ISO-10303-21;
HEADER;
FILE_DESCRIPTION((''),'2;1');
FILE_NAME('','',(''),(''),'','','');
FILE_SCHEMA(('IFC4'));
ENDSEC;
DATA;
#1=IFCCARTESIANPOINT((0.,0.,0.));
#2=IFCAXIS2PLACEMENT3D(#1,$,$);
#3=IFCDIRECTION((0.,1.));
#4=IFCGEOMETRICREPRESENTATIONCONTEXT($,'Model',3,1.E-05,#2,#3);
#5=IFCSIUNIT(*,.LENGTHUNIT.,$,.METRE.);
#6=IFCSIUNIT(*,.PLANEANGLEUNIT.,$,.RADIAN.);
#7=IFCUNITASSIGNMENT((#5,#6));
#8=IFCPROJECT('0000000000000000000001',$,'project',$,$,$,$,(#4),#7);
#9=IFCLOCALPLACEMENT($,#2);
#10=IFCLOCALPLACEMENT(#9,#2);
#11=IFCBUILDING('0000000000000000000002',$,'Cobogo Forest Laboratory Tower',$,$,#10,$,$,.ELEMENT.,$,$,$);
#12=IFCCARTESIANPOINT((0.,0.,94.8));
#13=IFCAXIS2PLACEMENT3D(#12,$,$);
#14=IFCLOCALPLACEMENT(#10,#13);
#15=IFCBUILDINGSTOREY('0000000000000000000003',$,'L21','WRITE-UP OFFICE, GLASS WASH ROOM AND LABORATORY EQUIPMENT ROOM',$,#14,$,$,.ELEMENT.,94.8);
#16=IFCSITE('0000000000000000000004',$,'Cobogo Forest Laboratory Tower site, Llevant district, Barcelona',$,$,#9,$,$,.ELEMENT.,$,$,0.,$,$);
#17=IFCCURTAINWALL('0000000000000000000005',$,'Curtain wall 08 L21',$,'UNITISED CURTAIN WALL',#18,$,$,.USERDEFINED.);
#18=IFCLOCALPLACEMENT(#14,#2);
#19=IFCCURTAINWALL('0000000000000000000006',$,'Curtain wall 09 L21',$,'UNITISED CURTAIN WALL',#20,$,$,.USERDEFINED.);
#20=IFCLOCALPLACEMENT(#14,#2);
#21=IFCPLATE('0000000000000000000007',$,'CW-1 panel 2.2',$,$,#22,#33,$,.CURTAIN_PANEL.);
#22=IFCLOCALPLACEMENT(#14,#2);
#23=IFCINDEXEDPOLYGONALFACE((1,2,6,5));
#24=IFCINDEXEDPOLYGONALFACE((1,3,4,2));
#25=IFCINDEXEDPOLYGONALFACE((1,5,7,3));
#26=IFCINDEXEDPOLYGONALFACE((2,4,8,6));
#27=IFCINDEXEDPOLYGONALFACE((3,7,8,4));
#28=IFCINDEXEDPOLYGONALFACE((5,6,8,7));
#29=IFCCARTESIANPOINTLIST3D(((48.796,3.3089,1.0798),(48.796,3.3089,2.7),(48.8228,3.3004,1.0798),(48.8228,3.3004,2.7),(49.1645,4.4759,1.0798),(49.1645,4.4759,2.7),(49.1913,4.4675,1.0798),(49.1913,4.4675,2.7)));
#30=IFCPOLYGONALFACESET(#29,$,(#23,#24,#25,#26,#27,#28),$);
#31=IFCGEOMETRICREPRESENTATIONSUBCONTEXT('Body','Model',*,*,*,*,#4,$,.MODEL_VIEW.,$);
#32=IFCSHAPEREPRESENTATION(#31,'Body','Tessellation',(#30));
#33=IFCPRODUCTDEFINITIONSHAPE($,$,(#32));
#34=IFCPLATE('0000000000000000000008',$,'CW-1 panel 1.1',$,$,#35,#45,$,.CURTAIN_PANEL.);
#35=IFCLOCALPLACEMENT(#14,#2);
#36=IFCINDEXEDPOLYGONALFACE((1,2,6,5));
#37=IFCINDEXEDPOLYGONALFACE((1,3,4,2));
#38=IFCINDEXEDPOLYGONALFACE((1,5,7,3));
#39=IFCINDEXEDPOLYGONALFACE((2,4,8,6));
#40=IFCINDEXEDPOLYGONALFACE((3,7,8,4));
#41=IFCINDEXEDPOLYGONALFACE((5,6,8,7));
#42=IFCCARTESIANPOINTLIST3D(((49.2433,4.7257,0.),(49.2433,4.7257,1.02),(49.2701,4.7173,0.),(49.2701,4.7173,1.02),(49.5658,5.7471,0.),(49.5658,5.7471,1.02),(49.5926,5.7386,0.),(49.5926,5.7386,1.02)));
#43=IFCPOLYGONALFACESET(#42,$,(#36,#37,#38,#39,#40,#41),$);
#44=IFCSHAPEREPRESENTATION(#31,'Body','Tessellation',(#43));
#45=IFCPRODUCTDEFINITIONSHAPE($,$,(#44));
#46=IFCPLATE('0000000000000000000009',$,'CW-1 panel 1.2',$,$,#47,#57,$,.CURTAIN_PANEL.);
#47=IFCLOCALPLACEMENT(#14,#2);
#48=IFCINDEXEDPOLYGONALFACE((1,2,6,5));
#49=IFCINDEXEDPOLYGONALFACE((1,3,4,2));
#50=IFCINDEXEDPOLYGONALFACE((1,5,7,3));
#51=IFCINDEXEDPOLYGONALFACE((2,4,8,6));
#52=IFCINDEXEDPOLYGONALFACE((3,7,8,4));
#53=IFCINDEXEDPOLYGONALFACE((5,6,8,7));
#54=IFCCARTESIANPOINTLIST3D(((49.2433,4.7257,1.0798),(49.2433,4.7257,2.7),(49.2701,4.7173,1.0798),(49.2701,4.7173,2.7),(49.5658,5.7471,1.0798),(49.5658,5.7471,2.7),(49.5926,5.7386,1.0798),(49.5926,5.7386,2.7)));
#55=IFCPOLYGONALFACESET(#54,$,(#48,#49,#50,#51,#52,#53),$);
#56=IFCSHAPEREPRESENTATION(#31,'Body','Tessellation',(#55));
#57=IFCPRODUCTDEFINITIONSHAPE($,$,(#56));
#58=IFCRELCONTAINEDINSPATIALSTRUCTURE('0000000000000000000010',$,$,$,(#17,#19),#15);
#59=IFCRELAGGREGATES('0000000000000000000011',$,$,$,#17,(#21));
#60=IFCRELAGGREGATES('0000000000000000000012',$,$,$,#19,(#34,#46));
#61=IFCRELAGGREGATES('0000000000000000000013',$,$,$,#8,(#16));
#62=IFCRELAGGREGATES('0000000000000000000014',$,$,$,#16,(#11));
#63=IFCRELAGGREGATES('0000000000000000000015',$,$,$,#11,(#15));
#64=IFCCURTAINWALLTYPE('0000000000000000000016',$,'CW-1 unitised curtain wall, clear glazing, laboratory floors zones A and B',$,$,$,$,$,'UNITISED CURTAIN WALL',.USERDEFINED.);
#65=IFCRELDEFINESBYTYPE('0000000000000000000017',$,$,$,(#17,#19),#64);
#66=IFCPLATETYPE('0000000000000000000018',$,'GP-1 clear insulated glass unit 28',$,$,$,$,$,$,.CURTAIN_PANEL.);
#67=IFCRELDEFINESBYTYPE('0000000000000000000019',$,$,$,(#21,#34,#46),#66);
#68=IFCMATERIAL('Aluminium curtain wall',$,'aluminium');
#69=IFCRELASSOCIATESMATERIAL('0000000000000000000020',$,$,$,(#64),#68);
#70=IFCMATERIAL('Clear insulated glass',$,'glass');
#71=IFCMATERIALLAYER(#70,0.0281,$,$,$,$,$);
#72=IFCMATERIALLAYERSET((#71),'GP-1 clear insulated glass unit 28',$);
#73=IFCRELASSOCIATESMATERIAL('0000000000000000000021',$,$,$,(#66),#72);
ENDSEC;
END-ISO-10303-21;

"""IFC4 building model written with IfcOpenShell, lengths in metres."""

from ifc_helpers import new_model, si_unit, direction, frame, origin, origin_2d, place, context, subcontext, project, spatial, rectangle, extrude, material, layer, layer_set, type_object, element, aggregate, save


model = new_model("IFC4")

# Units and contexts
model_context = context("Model", 3, precision=1e-05, world=origin(), true_north=direction((0.0, 1.0)))
body_context = subcontext(model_context, "Body", "Model", "MODEL_VIEW")
ifc_project = project(units=[si_unit("LENGTHUNIT", "METRE"), si_unit("PLANEANGLEUNIT", "RADIAN")], contexts=[model_context])

# Site, building, storey
site_placement = place(None, origin())
site = spatial("IfcSite", under=ifc_project, at=site_placement, Name="Cobogo Forest Laboratory Tower site, Llevant district, Barcelona", CompositionType="ELEMENT", RefElevation=0.0)
building_placement = place(site_placement, origin())
building = spatial("IfcBuilding", under=site, at=building_placement, Name="Cobogo Forest Laboratory Tower", CompositionType="ELEMENT")
storey_placement = place(building_placement, frame((0.0, 0.0, 94.8)))
storey = spatial("IfcBuildingStorey", under=building, at=storey_placement, Name="L21", Description="WRITE-UP OFFICE, GLASS WASH ROOM AND LABORATORY EQUIPMENT ROOM", CompositionType="ELEMENT", Elevation=94.8)

# Curtain walls
ifc_material_1 = material(Name="Aluminium curtain wall", Category="aluminium")
curtain_wall_type = type_object("IfcCurtainWallType", Name="CW-1 unitised curtain wall, clear glazing, laboratory floors zones A and B", ElementType="UNITISED CURTAIN WALL", PredefinedType="USERDEFINED", material=ifc_material_1)
curtain_wall_1_placement = place(storey_placement, origin())
curtain_wall_1 = element("IfcCurtainWall", 1, at=curtain_wall_1_placement, inside=storey, type_object=curtain_wall_type, Name="Curtain wall 08 L21", ObjectType="UNITISED CURTAIN WALL", PredefinedType="USERDEFINED")
curtain_wall_2_placement = place(storey_placement, origin())
curtain_wall_2 = element("IfcCurtainWall", 2, at=curtain_wall_2_placement, inside=storey, type_object=curtain_wall_type, Name="Curtain wall 09 L21", ObjectType="UNITISED CURTAIN WALL", PredefinedType="USERDEFINED")

# Plates
ifc_material_2 = material(Name="Clear insulated glass", Category="glass")
ifc_layer = layer(ifc_material_2, 0.0281)
ifc_layer_set = layer_set([ifc_layer], Name="GP-1 clear insulated glass unit 28")
plate_type = type_object("IfcPlateType", Name="GP-1 clear insulated glass unit 28", PredefinedType="CURTAIN_PANEL", material=ifc_layer_set)
plate_1_placement = place(storey_placement, frame((48.9937, 3.8882, 1.0798), z_axis=(0.0, 0.0, 1.0), x_axis=(0.301135, 0.953581, 0.0)))
plate_1 = element("IfcPlate", 3, at=plate_1_placement, type_object=plate_type, Name="CW-1 panel 2.2", PredefinedType="CURTAIN_PANEL", context=body_context, shape_type="SweptSolid", body=[
    extrude(rectangle(XDim=1.2239, YDim=0.0281, at=origin_2d()), origin(), (0.0, 0.0, 1.0), 1.6201),
])
aggregate(curtain_wall_1, [plate_1])
plate_2_placement = place(storey_placement, frame((49.418, 5.2322, 0.0), z_axis=(0.0, 0.0, 1.0), x_axis=(0.301136, 0.953581, 0.0)))
plate_2 = element("IfcPlate", 4, at=plate_2_placement, type_object=plate_type, Name="CW-1 panel 1.1", PredefinedType="CURTAIN_PANEL", context=body_context, shape_type="SweptSolid", body=[
    extrude(rectangle(XDim=1.071, YDim=0.0281, at=origin_2d()), origin(), (0.0, 0.0, 1.0), 1.02),
])
plate_3_placement = place(storey_placement, frame((49.418, 5.2322, 1.0798), z_axis=(0.0, 0.0, 1.0), x_axis=(0.301136, 0.953581, 0.0)))
plate_3 = element("IfcPlate", 5, at=plate_3_placement, type_object=plate_type, Name="CW-1 panel 1.2", PredefinedType="CURTAIN_PANEL", context=body_context, shape_type="SweptSolid", body=[
    extrude(rectangle(XDim=1.071, YDim=0.0281, at=origin_2d()), origin(), (0.0, 0.0, 1.0), 1.6201),
])
aggregate(curtain_wall_2, [plate_2, plate_3])

save(model, "model.ifc")
